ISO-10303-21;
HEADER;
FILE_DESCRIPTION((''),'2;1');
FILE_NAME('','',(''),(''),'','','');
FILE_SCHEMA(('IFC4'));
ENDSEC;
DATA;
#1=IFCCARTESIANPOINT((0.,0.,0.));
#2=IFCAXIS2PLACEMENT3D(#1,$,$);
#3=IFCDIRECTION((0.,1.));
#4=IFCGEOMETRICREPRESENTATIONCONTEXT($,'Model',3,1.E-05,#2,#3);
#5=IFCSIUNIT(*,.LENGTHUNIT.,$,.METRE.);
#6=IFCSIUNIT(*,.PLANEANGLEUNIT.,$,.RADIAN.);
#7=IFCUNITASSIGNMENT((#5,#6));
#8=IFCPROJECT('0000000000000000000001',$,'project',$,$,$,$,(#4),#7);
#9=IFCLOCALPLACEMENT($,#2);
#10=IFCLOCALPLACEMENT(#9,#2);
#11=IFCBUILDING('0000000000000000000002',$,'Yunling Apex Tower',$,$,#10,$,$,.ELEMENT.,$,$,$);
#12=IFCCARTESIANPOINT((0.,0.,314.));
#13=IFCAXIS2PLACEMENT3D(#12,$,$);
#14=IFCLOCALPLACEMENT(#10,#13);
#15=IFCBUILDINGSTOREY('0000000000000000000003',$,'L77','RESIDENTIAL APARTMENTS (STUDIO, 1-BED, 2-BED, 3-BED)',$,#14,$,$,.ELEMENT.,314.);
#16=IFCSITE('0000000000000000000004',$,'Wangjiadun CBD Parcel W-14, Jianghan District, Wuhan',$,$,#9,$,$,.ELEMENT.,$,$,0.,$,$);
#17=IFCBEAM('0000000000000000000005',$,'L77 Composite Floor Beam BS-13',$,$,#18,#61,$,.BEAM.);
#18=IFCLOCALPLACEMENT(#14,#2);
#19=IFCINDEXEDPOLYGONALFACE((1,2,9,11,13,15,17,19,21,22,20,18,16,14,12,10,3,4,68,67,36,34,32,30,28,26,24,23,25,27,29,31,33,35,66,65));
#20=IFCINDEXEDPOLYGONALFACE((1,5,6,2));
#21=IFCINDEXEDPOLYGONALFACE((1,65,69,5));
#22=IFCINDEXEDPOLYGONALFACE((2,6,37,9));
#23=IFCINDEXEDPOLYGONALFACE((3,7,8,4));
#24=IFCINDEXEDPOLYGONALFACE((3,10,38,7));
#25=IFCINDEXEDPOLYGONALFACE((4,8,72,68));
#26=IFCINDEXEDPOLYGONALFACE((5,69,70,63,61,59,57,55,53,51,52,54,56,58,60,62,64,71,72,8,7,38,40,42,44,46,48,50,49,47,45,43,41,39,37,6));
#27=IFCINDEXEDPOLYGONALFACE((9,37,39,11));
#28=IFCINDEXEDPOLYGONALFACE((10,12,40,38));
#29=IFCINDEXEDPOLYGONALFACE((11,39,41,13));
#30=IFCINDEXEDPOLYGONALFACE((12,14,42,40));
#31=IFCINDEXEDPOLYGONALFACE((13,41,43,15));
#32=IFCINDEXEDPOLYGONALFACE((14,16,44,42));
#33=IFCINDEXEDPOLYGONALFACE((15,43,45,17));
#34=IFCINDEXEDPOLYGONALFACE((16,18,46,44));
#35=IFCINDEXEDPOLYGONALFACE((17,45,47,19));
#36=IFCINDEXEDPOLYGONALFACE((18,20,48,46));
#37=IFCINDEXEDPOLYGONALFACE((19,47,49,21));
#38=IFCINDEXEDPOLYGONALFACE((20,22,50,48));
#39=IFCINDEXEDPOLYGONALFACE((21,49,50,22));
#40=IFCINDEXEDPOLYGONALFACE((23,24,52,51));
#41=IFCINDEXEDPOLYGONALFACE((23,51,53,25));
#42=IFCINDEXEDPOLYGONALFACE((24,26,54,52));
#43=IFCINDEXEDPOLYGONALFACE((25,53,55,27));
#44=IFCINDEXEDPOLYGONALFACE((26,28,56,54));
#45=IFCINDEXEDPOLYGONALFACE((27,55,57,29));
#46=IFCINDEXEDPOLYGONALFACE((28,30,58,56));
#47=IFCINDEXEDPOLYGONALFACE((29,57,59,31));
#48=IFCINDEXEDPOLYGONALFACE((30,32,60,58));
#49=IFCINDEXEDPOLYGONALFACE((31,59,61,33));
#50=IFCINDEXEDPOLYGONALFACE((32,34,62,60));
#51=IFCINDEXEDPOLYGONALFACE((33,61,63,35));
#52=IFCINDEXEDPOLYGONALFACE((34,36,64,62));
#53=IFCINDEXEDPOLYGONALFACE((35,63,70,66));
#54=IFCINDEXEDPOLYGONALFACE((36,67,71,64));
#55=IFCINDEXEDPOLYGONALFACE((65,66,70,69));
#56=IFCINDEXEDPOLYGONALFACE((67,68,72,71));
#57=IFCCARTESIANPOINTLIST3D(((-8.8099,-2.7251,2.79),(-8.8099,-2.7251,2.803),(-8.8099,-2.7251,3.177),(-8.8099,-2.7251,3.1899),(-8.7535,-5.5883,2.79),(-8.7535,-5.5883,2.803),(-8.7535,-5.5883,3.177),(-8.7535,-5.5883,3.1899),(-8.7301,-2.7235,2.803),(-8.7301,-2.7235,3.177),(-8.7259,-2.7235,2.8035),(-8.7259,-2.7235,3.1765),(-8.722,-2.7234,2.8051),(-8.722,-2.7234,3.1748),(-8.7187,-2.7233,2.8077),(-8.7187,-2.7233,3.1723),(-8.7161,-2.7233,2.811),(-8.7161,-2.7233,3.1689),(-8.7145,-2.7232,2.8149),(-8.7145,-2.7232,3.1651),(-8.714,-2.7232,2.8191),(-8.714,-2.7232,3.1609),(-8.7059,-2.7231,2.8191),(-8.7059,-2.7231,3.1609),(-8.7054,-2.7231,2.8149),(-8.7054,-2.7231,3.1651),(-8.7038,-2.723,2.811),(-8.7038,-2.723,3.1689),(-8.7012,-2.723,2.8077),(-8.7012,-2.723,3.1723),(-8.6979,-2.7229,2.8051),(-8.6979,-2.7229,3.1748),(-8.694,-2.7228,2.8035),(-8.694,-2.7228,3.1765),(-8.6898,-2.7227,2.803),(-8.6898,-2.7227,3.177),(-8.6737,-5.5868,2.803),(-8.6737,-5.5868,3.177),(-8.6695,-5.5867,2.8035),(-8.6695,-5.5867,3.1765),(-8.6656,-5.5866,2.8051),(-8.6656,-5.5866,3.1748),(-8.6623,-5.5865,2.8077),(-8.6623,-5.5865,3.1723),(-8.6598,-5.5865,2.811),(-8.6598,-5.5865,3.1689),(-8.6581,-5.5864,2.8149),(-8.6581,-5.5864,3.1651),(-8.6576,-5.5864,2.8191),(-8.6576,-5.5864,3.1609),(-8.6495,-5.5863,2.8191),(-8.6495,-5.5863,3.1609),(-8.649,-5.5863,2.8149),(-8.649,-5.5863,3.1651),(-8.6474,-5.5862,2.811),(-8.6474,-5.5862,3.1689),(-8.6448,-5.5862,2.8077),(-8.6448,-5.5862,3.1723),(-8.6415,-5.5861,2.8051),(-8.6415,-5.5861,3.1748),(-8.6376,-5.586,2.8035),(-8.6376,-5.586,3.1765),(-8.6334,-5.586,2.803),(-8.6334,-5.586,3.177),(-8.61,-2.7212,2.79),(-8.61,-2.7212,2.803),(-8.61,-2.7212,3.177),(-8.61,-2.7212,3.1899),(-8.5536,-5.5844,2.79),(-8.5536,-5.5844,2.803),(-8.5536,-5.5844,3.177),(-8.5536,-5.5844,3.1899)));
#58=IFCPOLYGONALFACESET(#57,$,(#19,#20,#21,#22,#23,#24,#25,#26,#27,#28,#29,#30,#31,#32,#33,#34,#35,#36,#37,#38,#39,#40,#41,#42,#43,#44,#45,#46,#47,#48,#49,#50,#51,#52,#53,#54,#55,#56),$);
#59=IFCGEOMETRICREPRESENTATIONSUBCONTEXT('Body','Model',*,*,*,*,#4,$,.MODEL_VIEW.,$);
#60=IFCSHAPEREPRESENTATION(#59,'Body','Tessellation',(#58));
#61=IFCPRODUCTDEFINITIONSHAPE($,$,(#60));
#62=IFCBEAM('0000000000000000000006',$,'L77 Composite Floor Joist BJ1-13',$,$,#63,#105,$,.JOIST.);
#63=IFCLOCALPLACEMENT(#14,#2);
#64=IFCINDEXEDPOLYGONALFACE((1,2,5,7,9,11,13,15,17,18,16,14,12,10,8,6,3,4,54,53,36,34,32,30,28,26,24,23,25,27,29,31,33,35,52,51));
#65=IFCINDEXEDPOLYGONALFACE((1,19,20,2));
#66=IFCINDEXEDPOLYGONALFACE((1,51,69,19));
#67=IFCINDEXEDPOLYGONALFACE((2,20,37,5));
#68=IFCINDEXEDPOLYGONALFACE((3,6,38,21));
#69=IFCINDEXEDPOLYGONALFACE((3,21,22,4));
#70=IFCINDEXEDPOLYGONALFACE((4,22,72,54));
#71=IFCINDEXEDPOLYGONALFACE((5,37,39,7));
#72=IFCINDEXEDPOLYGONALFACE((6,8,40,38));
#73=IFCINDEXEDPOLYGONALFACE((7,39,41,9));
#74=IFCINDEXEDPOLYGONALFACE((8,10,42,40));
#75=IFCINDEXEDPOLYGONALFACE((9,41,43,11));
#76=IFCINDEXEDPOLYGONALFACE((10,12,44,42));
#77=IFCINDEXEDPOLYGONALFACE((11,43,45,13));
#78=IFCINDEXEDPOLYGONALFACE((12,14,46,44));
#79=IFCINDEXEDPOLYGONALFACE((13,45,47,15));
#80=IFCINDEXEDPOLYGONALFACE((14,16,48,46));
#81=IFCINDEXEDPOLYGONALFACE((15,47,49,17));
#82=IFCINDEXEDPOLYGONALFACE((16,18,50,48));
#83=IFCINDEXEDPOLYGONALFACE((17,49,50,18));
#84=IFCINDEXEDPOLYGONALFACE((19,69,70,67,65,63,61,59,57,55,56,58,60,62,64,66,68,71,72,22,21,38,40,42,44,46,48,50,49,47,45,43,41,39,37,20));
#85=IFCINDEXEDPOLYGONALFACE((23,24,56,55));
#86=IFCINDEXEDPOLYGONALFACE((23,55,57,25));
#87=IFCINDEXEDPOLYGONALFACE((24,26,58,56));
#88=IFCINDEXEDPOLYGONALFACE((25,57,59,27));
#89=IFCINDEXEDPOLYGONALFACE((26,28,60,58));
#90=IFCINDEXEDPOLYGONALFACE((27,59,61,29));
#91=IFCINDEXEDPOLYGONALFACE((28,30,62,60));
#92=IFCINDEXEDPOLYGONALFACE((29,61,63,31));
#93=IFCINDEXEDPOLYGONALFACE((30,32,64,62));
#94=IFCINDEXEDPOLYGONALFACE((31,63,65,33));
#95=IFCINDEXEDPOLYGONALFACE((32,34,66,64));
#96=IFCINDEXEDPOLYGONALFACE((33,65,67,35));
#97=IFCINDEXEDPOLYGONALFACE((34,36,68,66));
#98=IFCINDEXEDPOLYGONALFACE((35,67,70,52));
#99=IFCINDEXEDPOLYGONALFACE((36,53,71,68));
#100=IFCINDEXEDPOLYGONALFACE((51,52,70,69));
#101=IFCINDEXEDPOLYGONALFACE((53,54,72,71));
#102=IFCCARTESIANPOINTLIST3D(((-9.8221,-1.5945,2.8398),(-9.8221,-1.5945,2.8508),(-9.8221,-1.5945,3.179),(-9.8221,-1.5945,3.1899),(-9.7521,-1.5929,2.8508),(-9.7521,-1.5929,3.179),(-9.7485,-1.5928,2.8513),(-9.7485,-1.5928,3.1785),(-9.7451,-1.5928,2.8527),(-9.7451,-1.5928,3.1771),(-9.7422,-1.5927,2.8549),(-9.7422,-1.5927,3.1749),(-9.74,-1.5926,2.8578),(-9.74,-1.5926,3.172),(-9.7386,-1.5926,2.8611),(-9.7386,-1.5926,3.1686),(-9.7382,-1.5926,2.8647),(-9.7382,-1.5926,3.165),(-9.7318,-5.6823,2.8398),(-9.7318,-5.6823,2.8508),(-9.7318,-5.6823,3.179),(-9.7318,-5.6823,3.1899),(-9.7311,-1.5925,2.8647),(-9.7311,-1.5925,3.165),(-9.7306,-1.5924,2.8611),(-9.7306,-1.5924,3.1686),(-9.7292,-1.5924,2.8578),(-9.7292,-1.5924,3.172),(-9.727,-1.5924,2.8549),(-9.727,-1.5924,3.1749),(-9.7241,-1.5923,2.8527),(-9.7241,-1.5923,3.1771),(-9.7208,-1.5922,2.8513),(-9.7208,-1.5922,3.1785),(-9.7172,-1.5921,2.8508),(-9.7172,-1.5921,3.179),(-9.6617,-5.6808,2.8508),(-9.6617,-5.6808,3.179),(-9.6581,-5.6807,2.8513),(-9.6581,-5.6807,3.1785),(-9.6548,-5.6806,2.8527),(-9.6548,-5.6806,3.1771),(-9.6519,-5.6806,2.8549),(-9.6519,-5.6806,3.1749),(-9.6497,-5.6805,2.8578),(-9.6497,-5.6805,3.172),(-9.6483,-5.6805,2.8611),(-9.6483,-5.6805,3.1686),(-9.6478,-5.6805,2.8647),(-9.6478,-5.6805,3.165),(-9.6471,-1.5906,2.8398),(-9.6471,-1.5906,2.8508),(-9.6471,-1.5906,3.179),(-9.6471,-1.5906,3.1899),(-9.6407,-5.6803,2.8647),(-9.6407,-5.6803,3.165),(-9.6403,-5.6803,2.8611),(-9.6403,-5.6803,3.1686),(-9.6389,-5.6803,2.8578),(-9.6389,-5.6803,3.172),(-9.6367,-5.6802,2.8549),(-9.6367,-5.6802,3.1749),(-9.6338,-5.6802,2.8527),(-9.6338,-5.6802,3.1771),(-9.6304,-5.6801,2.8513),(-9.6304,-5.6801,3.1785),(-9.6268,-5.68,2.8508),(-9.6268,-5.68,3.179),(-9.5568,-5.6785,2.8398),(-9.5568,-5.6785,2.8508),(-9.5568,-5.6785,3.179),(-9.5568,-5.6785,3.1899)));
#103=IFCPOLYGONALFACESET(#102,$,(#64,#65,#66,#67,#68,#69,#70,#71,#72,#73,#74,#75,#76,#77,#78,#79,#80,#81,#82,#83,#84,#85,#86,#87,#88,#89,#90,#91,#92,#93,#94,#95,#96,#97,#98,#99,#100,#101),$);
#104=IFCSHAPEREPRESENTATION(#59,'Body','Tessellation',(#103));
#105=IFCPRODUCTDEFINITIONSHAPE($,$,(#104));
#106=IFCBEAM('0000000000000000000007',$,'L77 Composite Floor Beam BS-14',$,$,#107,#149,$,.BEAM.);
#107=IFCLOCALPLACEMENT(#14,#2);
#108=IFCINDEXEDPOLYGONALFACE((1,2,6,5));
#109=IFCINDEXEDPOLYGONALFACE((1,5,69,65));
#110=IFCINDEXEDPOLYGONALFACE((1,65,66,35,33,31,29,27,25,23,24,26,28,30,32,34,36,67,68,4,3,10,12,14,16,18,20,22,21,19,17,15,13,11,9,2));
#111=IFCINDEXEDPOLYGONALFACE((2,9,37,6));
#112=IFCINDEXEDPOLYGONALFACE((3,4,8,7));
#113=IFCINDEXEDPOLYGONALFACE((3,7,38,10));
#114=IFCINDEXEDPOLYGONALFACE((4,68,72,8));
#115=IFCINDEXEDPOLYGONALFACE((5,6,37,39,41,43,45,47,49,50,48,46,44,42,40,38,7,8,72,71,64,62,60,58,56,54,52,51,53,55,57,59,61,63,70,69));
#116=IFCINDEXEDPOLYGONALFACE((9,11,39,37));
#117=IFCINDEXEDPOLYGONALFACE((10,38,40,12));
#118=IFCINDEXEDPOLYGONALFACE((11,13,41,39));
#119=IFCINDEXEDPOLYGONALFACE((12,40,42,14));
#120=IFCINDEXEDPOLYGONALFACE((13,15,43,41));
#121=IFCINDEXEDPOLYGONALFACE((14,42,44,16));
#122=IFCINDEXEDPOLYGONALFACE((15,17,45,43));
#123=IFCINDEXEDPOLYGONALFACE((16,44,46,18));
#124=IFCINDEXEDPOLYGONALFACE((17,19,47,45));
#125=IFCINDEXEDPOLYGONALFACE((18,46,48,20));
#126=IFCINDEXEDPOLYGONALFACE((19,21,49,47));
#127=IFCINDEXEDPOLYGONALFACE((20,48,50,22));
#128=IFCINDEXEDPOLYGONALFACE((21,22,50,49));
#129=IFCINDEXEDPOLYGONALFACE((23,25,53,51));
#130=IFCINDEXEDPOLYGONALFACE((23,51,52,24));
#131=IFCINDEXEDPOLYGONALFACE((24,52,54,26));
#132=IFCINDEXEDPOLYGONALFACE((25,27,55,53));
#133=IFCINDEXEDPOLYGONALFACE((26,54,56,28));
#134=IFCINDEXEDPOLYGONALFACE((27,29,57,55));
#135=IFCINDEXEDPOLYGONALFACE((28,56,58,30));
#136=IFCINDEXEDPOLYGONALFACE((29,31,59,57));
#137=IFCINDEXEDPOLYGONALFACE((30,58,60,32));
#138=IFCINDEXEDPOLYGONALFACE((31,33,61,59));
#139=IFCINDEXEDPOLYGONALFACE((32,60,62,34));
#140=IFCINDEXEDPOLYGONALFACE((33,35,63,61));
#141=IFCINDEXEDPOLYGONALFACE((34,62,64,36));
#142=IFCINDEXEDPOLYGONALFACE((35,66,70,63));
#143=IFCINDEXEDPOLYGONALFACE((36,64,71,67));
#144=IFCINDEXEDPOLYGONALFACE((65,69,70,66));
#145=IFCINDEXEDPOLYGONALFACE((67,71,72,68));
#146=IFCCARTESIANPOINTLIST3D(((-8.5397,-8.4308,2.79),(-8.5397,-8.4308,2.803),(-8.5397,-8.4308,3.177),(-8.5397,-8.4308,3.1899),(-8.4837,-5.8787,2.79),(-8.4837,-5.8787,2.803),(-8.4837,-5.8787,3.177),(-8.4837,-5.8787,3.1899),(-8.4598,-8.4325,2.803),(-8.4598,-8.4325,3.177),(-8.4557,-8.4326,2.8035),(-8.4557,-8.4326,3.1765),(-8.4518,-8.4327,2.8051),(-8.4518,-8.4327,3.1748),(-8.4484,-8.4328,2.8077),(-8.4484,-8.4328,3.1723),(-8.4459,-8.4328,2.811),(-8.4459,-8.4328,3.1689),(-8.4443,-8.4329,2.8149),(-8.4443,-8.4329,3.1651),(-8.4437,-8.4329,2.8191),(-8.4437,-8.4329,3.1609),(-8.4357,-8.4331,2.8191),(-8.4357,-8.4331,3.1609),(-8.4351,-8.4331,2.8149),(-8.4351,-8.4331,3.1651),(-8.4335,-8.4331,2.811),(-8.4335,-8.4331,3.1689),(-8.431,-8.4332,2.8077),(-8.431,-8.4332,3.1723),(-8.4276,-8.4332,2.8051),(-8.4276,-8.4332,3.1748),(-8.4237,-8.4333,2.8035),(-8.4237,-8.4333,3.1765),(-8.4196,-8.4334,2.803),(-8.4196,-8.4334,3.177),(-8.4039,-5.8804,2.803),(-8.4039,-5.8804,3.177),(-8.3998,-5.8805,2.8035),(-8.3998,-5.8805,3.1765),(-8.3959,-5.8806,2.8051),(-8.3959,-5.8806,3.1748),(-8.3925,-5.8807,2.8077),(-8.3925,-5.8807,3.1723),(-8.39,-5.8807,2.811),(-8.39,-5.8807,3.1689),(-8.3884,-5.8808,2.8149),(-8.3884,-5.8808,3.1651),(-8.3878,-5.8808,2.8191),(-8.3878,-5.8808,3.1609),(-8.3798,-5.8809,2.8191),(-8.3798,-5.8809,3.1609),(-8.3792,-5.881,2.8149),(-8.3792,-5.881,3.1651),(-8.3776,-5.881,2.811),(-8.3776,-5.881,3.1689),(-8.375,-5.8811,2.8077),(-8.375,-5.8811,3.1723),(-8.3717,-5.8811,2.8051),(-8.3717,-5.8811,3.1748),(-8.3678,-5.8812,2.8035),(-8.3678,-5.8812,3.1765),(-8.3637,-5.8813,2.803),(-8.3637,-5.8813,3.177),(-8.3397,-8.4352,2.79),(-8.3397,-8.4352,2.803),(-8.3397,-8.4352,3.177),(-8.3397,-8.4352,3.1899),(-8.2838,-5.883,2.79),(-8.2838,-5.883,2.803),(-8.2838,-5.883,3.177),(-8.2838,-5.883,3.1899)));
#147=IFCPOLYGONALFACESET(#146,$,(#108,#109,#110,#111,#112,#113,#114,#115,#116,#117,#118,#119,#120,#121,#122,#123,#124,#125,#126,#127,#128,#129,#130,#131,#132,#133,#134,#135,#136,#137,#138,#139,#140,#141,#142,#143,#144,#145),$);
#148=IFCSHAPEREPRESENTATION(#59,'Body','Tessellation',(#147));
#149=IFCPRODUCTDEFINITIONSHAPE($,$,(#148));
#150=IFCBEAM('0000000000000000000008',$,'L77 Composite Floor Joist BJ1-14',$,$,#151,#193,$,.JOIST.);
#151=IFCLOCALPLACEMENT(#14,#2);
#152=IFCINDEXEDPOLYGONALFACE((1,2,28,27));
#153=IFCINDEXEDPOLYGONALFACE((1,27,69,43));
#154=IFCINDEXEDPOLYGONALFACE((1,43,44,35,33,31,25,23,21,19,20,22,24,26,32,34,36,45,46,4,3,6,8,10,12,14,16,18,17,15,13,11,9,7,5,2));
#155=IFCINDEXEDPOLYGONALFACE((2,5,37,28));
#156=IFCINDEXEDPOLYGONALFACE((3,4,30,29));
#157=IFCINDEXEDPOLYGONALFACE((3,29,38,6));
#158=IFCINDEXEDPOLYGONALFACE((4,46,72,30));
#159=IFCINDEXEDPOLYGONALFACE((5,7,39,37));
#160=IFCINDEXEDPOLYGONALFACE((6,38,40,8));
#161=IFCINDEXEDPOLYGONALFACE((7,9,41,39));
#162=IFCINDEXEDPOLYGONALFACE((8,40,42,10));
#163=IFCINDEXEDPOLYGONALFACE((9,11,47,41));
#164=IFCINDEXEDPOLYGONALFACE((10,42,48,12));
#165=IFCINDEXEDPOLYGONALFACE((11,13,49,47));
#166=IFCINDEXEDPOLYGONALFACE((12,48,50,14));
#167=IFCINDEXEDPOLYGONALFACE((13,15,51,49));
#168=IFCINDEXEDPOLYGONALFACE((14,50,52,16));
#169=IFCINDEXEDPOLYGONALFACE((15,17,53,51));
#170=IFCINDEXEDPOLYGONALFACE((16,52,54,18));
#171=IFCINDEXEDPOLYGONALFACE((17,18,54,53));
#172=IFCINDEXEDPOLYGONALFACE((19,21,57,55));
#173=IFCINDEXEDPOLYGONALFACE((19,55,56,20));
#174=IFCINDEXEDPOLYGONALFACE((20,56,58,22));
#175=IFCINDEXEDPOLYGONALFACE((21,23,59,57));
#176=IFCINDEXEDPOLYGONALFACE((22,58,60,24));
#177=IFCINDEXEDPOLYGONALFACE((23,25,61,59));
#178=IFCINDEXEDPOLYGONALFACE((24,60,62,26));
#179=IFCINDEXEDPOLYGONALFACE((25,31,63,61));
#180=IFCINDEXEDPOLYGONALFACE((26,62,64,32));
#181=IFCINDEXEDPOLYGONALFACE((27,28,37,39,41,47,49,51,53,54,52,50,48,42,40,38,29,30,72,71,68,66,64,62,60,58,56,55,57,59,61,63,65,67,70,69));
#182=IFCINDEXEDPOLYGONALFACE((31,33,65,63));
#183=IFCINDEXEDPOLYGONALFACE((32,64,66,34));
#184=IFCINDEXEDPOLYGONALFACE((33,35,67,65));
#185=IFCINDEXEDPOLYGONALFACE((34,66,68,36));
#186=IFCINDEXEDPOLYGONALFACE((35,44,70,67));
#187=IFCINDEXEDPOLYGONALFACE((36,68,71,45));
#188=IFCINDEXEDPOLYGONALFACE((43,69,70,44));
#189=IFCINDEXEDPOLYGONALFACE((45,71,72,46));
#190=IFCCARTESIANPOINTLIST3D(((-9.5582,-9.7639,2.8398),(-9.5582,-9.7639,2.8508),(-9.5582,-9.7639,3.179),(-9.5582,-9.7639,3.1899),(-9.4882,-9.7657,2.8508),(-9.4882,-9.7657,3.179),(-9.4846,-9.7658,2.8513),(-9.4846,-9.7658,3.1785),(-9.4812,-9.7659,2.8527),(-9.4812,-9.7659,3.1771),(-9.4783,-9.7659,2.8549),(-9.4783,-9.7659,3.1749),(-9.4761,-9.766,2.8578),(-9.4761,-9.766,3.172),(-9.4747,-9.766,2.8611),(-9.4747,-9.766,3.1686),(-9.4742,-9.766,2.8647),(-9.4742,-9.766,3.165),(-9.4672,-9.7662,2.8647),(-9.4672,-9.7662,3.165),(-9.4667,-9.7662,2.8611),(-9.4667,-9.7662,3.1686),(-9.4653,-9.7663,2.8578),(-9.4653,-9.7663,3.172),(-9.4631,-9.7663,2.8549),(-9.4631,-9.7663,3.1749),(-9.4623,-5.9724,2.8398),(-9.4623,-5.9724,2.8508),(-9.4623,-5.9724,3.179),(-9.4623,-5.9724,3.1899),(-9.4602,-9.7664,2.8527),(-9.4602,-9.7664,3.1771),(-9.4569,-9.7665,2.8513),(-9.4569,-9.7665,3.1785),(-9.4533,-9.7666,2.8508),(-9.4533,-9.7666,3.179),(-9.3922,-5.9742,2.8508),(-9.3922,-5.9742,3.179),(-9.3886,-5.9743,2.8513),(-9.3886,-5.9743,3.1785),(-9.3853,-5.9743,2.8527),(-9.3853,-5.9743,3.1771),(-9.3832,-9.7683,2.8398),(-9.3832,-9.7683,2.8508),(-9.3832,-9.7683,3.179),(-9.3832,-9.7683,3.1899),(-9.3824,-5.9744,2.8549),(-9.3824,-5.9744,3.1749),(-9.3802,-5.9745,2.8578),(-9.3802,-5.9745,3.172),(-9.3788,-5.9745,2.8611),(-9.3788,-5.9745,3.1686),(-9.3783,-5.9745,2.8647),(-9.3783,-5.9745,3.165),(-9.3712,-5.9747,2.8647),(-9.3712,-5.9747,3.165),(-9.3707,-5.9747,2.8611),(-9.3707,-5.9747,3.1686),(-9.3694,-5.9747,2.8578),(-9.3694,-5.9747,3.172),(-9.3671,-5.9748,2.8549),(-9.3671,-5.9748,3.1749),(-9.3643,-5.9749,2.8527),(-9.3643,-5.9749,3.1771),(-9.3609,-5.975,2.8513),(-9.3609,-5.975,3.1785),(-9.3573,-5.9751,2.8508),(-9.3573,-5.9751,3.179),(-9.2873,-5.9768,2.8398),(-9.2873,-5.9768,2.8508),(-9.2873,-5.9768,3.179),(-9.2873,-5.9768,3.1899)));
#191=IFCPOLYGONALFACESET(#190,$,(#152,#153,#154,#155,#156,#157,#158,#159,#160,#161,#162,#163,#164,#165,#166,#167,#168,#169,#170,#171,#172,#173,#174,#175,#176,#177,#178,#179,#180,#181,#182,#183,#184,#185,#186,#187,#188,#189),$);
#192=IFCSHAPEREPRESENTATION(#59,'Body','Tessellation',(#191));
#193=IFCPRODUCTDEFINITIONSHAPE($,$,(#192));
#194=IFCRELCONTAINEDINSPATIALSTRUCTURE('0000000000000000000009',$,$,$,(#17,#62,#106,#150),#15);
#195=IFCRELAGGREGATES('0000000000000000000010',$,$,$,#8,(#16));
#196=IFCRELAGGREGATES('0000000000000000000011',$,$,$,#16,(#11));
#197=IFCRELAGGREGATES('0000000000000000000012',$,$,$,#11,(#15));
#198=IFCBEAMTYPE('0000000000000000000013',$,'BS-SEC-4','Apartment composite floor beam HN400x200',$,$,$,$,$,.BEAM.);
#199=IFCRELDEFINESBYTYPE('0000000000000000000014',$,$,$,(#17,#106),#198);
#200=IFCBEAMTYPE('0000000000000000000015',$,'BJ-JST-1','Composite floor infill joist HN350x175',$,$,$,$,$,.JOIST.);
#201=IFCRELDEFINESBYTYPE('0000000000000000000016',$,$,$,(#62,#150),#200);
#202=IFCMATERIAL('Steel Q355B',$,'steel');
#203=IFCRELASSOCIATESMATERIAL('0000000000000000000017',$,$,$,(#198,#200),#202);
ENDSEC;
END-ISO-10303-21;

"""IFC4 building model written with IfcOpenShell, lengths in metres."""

from ifc_helpers import new_model, si_unit, direction, frame, origin, origin_2d, place, context, subcontext, project, spatial, i_section, extrude, source, transform, mapped, material, material_profile, profile_set, type_object, element, save


model = new_model("IFC4")

# Units and contexts
model_context = context("Model", 3, precision=1e-05, world=origin(), true_north=direction((0.0, 1.0)))
body_context = subcontext(model_context, "Body", "Model", "MODEL_VIEW")
ifc_project = project(units=[si_unit("LENGTHUNIT", "METRE"), si_unit("PLANEANGLEUNIT", "RADIAN")], contexts=[model_context])

# Site, building, storey
site_placement = place(None, origin())
site = spatial("IfcSite", under=ifc_project, at=site_placement, Name="Wangjiadun CBD Parcel W-14, Jianghan District, Wuhan", CompositionType="ELEMENT", RefElevation=0.0)
building_placement = place(site_placement, origin())
building = spatial("IfcBuilding", under=site, at=building_placement, Name="Yunling Apex Tower", CompositionType="ELEMENT")
storey_placement = place(building_placement, frame((0.0, 0.0, 314.0)))
storey = spatial("IfcBuildingStorey", under=building, at=storey_placement, Name="L77", Description="RESIDENTIAL APARTMENTS (STUDIO, 1-BED, 2-BED, 3-BED)", CompositionType="ELEMENT", Elevation=314.0)

# Shared definitions
ifc_material_1 = material(Name="Steel Q355B", Category="steel")

# Beams
ifc_material_profile_1 = material_profile(ifc_material_1, i_section(OverallWidth=0.2, OverallDepth=0.3999, WebThickness=0.0081, FlangeThickness=0.0129, FilletRadius=0.0161, at=origin_2d()))
ifc_profile_set_1 = profile_set([ifc_material_profile_1], Name="Steel Q355B")
beam_type_1 = type_object("IfcBeamType", Name="BS-SEC-4", Description="Apartment composite floor beam HN400x200", PredefinedType="BEAM", material=ifc_profile_set_1)
shared_shape_1 = source(origin(), body_context, "Body", "SweptSolid", [
    extrude(i_section(OverallWidth=0.2, OverallDepth=0.3999, WebThickness=0.0081, FlangeThickness=0.0129, FilletRadius=0.0161, at=origin_2d()), origin(), (0.0, 0.0, 1.0), 2.8638),
])
beam_1_placement = place(storey_placement, frame((-8.71, -2.7231, 2.99), z_axis=(0.019693, -0.999806, 0.0), x_axis=(0.999806, 0.019693, 0.0)))
element("IfcBeam", 1, at=beam_1_placement, inside=storey, type_object=beam_type_1, Name="L77 Composite Floor Beam BS-13", PredefinedType="BEAM", context=body_context, shape_type="MappedRepresentation", body=[
    mapped(shared_shape_1, transform((0.0, 0.0, 0.0), scale=1.0)),
])
ifc_material_profile_2 = material_profile(ifc_material_1, i_section(OverallWidth=0.175, OverallDepth=0.3501, WebThickness=0.0071, FlangeThickness=0.011, FilletRadius=0.0139, at=origin_2d()))
ifc_profile_set_2 = profile_set([ifc_material_profile_2], Name="Steel Q355B")
beam_type_2 = type_object("IfcBeamType", Name="BJ-JST-1", Description="Composite floor infill joist HN350x175", PredefinedType="JOIST", material=ifc_profile_set_2)
shared_shape_2 = source(origin(), body_context, "Body", "SweptSolid", [
    extrude(i_section(OverallWidth=0.175, OverallDepth=0.3501, WebThickness=0.0071, FlangeThickness=0.011, FilletRadius=0.0139, at=origin_2d()), origin(), (0.0, 0.0, 1.0), 4.0889),
])
beam_2_placement = place(storey_placement, frame((-9.7346, -1.5925, 3.0149), z_axis=(0.022092, -0.999756, 0.0), x_axis=(0.999756, 0.022092, 0.0)))
element("IfcBeam", 2, at=beam_2_placement, inside=storey, type_object=beam_type_2, Name="L77 Composite Floor Joist BJ1-13", PredefinedType="JOIST", context=body_context, shape_type="MappedRepresentation", body=[
    mapped(shared_shape_2, transform((0.0, 0.0, 0.0), scale=1.0)),
])
shared_shape_3 = source(origin(), body_context, "Body", "SweptSolid", [
    extrude(i_section(OverallWidth=0.2, OverallDepth=0.3999, WebThickness=0.0081, FlangeThickness=0.0129, FilletRadius=0.0161, at=origin_2d()), origin(), (0.0, 0.0, 1.0), 2.5527),
])
beam_3_placement = place(storey_placement, frame((-8.3838, -5.8809, 2.99), z_axis=(-0.021902, -0.99976, 0.0), x_axis=(0.99976, -0.021902, 0.0)))
element("IfcBeam", 3, at=beam_3_placement, inside=storey, type_object=beam_type_1, Name="L77 Composite Floor Beam BS-14", PredefinedType="BEAM", context=body_context, shape_type="MappedRepresentation", body=[
    mapped(shared_shape_3, transform((0.0, 0.0, 0.0), scale=1.0)),
])
shared_shape_4 = source(origin(), body_context, "Body", "SweptSolid", [
    extrude(i_section(OverallWidth=0.175, OverallDepth=0.3501, WebThickness=0.0071, FlangeThickness=0.011, FilletRadius=0.0139, at=origin_2d()), origin(), (0.0, 0.0, 1.0), 3.7927),
])
beam_4_placement = place(storey_placement, frame((-9.3748, -5.9746, 3.0149), z_axis=(-0.025298, -0.99968, 0.0), x_axis=(0.99968, -0.025298, 0.0)))
element("IfcBeam", 4, at=beam_4_placement, inside=storey, type_object=beam_type_2, Name="L77 Composite Floor Joist BJ1-14", PredefinedType="JOIST", context=body_context, shape_type="MappedRepresentation", body=[
    mapped(shared_shape_4, transform((0.0, 0.0, 0.0), scale=1.0)),
])

save(model, "model.ifc")
